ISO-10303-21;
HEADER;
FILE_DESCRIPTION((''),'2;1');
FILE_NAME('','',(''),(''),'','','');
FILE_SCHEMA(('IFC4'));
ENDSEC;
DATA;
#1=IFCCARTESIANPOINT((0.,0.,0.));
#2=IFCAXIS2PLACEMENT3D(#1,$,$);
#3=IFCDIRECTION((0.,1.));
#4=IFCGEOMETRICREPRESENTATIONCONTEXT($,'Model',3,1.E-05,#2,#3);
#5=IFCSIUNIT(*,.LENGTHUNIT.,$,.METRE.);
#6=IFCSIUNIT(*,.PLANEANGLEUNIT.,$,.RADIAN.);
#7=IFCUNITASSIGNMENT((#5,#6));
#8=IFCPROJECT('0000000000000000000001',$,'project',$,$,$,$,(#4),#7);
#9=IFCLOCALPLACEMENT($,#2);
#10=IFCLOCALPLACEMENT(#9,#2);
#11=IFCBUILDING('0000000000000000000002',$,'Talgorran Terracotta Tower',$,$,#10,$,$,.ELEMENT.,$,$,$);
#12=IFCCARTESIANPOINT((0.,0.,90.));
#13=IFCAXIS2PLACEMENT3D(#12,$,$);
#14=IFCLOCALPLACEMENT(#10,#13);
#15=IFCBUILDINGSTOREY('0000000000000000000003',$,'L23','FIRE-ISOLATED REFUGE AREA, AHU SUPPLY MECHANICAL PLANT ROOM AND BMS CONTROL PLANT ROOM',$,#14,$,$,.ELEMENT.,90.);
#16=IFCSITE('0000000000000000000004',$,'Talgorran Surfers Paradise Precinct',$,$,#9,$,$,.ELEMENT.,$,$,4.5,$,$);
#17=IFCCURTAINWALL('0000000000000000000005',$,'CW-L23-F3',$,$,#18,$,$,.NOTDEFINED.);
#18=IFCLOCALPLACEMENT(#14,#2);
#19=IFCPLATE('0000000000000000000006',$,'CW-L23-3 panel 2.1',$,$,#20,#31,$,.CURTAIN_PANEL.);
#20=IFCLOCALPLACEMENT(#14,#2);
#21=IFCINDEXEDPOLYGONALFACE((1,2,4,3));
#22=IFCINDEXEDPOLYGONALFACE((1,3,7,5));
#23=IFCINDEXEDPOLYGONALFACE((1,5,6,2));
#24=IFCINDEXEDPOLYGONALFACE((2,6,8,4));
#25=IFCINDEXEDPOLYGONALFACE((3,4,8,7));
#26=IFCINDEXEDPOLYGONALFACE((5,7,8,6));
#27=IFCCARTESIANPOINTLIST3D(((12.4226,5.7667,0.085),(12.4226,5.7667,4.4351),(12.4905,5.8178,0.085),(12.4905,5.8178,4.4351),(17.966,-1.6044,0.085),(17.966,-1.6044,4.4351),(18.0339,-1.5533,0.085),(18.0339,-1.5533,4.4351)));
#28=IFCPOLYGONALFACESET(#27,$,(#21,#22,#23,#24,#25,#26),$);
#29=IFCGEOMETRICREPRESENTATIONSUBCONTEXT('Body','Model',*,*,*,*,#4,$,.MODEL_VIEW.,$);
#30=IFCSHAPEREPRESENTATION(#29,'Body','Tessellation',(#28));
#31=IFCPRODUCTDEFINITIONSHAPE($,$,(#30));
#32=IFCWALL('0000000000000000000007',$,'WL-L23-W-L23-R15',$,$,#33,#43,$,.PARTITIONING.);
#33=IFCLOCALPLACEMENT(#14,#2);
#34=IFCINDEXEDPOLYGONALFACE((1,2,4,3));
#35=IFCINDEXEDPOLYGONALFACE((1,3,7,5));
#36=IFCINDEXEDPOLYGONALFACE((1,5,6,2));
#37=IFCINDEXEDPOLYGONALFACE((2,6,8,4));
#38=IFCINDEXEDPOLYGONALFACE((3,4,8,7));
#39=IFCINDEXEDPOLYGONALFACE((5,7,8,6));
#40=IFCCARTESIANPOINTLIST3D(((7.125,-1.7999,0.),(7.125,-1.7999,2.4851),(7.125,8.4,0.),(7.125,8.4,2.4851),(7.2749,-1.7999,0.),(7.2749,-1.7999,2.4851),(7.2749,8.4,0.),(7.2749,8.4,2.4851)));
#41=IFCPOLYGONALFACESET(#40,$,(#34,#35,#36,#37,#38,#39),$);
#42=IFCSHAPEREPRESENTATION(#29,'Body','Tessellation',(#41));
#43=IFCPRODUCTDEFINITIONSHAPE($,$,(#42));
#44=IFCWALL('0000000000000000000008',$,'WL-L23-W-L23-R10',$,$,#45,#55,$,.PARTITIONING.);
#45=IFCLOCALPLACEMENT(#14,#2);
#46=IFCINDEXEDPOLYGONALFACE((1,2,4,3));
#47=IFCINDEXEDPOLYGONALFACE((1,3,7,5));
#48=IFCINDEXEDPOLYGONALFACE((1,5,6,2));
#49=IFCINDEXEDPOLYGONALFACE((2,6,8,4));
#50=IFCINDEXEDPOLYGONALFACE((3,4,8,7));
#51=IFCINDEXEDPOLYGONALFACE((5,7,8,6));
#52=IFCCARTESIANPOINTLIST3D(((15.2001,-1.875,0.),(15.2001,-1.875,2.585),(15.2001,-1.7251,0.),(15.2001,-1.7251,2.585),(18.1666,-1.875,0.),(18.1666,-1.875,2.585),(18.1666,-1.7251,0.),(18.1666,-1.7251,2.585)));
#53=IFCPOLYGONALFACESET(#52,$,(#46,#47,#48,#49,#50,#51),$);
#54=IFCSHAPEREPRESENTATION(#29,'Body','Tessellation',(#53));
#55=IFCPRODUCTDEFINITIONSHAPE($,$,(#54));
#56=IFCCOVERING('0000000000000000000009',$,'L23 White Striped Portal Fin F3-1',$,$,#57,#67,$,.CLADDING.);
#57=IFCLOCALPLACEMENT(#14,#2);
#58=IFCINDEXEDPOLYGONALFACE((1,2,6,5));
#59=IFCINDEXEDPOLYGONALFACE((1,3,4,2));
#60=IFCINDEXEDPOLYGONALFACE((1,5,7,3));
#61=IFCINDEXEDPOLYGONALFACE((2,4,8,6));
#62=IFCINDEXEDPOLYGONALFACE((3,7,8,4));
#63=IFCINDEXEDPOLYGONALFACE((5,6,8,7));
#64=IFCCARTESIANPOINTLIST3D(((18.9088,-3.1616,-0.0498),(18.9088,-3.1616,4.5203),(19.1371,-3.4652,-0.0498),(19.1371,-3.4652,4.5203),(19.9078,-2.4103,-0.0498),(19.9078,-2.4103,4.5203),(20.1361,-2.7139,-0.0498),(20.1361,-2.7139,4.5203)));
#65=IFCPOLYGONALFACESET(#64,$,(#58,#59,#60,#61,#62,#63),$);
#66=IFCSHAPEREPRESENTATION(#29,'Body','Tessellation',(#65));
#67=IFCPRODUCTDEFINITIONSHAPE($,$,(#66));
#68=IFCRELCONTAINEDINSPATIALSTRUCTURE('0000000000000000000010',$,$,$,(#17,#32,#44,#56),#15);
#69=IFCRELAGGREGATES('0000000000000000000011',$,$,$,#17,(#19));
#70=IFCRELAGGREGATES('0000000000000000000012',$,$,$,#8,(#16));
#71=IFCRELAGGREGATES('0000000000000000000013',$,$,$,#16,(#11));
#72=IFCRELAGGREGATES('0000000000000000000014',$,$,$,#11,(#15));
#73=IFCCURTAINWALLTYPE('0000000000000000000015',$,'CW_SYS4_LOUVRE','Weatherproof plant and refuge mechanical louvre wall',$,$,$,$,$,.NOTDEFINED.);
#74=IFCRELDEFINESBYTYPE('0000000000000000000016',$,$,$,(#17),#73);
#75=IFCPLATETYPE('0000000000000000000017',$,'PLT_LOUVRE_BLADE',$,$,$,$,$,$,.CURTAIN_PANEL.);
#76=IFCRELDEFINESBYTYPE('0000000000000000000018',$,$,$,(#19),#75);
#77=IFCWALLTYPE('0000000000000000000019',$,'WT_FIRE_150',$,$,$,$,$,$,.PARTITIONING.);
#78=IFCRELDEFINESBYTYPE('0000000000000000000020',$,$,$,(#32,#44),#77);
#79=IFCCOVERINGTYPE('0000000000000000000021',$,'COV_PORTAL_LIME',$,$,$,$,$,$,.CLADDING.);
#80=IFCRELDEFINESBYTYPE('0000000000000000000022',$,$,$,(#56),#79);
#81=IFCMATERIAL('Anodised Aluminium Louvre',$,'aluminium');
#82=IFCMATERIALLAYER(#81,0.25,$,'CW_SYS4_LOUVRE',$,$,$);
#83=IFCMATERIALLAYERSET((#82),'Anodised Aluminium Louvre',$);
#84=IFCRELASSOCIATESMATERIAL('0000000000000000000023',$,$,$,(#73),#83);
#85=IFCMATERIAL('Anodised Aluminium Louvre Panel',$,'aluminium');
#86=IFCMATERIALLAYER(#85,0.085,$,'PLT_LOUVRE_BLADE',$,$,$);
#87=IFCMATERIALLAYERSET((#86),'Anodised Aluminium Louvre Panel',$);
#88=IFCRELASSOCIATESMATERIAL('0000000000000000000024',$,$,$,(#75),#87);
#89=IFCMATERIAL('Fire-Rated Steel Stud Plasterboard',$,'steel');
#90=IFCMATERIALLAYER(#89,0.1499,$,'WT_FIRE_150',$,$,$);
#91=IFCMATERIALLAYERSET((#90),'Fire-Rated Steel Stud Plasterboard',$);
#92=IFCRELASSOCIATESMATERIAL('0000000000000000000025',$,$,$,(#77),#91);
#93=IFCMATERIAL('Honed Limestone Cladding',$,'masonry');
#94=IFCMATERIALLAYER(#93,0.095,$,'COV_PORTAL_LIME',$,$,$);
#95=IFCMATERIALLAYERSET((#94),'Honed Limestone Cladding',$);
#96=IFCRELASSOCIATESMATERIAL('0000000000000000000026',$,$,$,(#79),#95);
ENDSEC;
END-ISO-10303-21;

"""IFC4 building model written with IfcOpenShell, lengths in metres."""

from ifc_helpers import new_model, si_unit, direction, frame, frame_2d, origin, origin_2d, place, context, subcontext, project, spatial, rectangle, extrude, source, transform, mapped, material, layer, layer_set, type_object, type_shapes, element, aggregate, save


model = new_model("IFC4")

# Units and contexts
model_context = context("Model", 3, precision=1e-05, world=origin(), true_north=direction((0.0, 1.0)))
body_context = subcontext(model_context, "Body", "Model", "MODEL_VIEW")
ifc_project = project(units=[si_unit("LENGTHUNIT", "METRE"), si_unit("PLANEANGLEUNIT", "RADIAN")], contexts=[model_context])

# Site, building, storey
site_placement = place(None, origin())
site = spatial("IfcSite", under=ifc_project, at=site_placement, Name="Talgorran Surfers Paradise Precinct", CompositionType="ELEMENT", RefElevation=4.5)
building_placement = place(site_placement, origin())
building = spatial("IfcBuilding", under=site, at=building_placement, Name="Talgorran Terracotta Tower", CompositionType="ELEMENT")
storey_placement = place(building_placement, frame((0.0, 0.0, 90.0)))
storey = spatial("IfcBuildingStorey", under=building, at=storey_placement, Name="L23", Description="FIRE-ISOLATED REFUGE AREA, AHU SUPPLY MECHANICAL PLANT ROOM AND BMS CONTROL PLANT ROOM", CompositionType="ELEMENT", Elevation=90.0)

# Curtain wall
ifc_material_1 = material(Name="Anodised Aluminium Louvre", Category="aluminium")
ifc_layer_1 = layer(ifc_material_1, 0.25, Name="CW_SYS4_LOUVRE")
ifc_layer_set_1 = layer_set([ifc_layer_1], Name="Anodised Aluminium Louvre")
curtain_wall_type = type_object("IfcCurtainWallType", Name="CW_SYS4_LOUVRE", Description="Weatherproof plant and refuge mechanical louvre wall", PredefinedType="NOTDEFINED", material=ifc_layer_set_1)
curtain_wall_placement = place(storey_placement, origin())
curtain_wall = element("IfcCurtainWall", 1, at=curtain_wall_placement, inside=storey, type_object=curtain_wall_type, Name="CW-L23-F3", PredefinedType="NOTDEFINED")

# Plate
ifc_material_2 = material(Name="Anodised Aluminium Louvre Panel", Category="aluminium")
ifc_layer_2 = layer(ifc_material_2, 0.085, Name="PLT_LOUVRE_BLADE")
ifc_layer_set_2 = layer_set([ifc_layer_2], Name="Anodised Aluminium Louvre Panel")
plate_type_1 = type_object("IfcPlateType", Name="PLT_LOUVRE_BLADE", PredefinedType="CURTAIN_PANEL", material=ifc_layer_set_2)
shared_shape = source(origin(), body_context, "Body", "SweptSolid", [
    extrude(rectangle(XDim=9.2229, YDim=0.085, at=origin_2d()), origin(), (0.0, 0.0, 1.0), 4.3501),
])
type_shapes(plate_type_1, [shared_shape])
plate_1_placement = place(storey_placement, frame((15.2283, 2.1067, 0.085), z_axis=(0.0, 0.0, 1.0), x_axis=(-0.601047, 0.799214, 0.0)))
plate_1 = element("IfcPlate", 2, at=plate_1_placement, type_object=plate_type_1, Name="CW-L23-3 panel 2.1", PredefinedType="CURTAIN_PANEL", context=body_context, shape_type="MappedRepresentation", body=[
    mapped(shared_shape, transform((0.0, 0.0, 0.0), scale=1.0)),
])
aggregate(curtain_wall, [plate_1])

# Walls
ifc_material_3 = material(Name="Fire-Rated Steel Stud Plasterboard", Category="steel")
ifc_layer_3 = layer(ifc_material_3, 0.1499, Name="WT_FIRE_150")
ifc_layer_set_3 = layer_set([ifc_layer_3], Name="Fire-Rated Steel Stud Plasterboard")
wall_type = type_object("IfcWallType", Name="WT_FIRE_150", PredefinedType="PARTITIONING", material=ifc_layer_set_3)
wall_1_placement = place(storey_placement, frame((7.2, -1.8, 0.0), z_axis=(0.0, 0.0, 1.0), x_axis=(0.0, 1.0, 0.0)))
element("IfcWall", 3, at=wall_1_placement, inside=storey, type_object=wall_type, Name="WL-L23-W-L23-R15", PredefinedType="PARTITIONING", context=body_context, shape_type="SweptSolid", body=[
    extrude(rectangle(XDim=10.2, YDim=0.1499, at=frame_2d((5.1001, 0.0))), origin(), (0.0, 0.0, 1.0), 2.4851),
])
wall_2_placement = place(storey_placement, frame((15.2, -1.8, 0.0), z_axis=(0.0, 0.0, 1.0), x_axis=(1.0, 0.0, 0.0)))
element("IfcWall", 4, at=wall_2_placement, inside=storey, type_object=wall_type, Name="WL-L23-W-L23-R10", PredefinedType="PARTITIONING", context=body_context, shape_type="SweptSolid", body=[
    extrude(rectangle(XDim=2.9666, YDim=0.1499, at=frame_2d((1.4834, 0.0))), origin(), (0.0, 0.0, 1.0), 2.585),
])

# Covering
ifc_material_4 = material(Name="Honed Limestone Cladding", Category="masonry")
ifc_layer_4 = layer(ifc_material_4, 0.095, Name="COV_PORTAL_LIME")
ifc_layer_set_4 = layer_set([ifc_layer_4], Name="Honed Limestone Cladding")
covering_type = type_object("IfcCoveringType", Name="COV_PORTAL_LIME", PredefinedType="CLADDING", material=ifc_layer_set_4)
covering_placement = place(storey_placement, frame((19.5225, -2.9377, -0.0498), z_axis=(0.0, 0.0, 1.0), x_axis=(-0.601048, 0.799213, 0.0)))
element("IfcCovering", 5, at=covering_placement, inside=storey, type_object=covering_type, Name="L23 White Striped Portal Fin F3-1", PredefinedType="CLADDING", context=body_context, shape_type="SweptSolid", body=[
    extrude(rectangle(XDim=0.3799, YDim=1.25, at=origin_2d()), origin(), (0.0, 0.0, 1.0), 4.5701),
])

save(model, "model.ifc")
